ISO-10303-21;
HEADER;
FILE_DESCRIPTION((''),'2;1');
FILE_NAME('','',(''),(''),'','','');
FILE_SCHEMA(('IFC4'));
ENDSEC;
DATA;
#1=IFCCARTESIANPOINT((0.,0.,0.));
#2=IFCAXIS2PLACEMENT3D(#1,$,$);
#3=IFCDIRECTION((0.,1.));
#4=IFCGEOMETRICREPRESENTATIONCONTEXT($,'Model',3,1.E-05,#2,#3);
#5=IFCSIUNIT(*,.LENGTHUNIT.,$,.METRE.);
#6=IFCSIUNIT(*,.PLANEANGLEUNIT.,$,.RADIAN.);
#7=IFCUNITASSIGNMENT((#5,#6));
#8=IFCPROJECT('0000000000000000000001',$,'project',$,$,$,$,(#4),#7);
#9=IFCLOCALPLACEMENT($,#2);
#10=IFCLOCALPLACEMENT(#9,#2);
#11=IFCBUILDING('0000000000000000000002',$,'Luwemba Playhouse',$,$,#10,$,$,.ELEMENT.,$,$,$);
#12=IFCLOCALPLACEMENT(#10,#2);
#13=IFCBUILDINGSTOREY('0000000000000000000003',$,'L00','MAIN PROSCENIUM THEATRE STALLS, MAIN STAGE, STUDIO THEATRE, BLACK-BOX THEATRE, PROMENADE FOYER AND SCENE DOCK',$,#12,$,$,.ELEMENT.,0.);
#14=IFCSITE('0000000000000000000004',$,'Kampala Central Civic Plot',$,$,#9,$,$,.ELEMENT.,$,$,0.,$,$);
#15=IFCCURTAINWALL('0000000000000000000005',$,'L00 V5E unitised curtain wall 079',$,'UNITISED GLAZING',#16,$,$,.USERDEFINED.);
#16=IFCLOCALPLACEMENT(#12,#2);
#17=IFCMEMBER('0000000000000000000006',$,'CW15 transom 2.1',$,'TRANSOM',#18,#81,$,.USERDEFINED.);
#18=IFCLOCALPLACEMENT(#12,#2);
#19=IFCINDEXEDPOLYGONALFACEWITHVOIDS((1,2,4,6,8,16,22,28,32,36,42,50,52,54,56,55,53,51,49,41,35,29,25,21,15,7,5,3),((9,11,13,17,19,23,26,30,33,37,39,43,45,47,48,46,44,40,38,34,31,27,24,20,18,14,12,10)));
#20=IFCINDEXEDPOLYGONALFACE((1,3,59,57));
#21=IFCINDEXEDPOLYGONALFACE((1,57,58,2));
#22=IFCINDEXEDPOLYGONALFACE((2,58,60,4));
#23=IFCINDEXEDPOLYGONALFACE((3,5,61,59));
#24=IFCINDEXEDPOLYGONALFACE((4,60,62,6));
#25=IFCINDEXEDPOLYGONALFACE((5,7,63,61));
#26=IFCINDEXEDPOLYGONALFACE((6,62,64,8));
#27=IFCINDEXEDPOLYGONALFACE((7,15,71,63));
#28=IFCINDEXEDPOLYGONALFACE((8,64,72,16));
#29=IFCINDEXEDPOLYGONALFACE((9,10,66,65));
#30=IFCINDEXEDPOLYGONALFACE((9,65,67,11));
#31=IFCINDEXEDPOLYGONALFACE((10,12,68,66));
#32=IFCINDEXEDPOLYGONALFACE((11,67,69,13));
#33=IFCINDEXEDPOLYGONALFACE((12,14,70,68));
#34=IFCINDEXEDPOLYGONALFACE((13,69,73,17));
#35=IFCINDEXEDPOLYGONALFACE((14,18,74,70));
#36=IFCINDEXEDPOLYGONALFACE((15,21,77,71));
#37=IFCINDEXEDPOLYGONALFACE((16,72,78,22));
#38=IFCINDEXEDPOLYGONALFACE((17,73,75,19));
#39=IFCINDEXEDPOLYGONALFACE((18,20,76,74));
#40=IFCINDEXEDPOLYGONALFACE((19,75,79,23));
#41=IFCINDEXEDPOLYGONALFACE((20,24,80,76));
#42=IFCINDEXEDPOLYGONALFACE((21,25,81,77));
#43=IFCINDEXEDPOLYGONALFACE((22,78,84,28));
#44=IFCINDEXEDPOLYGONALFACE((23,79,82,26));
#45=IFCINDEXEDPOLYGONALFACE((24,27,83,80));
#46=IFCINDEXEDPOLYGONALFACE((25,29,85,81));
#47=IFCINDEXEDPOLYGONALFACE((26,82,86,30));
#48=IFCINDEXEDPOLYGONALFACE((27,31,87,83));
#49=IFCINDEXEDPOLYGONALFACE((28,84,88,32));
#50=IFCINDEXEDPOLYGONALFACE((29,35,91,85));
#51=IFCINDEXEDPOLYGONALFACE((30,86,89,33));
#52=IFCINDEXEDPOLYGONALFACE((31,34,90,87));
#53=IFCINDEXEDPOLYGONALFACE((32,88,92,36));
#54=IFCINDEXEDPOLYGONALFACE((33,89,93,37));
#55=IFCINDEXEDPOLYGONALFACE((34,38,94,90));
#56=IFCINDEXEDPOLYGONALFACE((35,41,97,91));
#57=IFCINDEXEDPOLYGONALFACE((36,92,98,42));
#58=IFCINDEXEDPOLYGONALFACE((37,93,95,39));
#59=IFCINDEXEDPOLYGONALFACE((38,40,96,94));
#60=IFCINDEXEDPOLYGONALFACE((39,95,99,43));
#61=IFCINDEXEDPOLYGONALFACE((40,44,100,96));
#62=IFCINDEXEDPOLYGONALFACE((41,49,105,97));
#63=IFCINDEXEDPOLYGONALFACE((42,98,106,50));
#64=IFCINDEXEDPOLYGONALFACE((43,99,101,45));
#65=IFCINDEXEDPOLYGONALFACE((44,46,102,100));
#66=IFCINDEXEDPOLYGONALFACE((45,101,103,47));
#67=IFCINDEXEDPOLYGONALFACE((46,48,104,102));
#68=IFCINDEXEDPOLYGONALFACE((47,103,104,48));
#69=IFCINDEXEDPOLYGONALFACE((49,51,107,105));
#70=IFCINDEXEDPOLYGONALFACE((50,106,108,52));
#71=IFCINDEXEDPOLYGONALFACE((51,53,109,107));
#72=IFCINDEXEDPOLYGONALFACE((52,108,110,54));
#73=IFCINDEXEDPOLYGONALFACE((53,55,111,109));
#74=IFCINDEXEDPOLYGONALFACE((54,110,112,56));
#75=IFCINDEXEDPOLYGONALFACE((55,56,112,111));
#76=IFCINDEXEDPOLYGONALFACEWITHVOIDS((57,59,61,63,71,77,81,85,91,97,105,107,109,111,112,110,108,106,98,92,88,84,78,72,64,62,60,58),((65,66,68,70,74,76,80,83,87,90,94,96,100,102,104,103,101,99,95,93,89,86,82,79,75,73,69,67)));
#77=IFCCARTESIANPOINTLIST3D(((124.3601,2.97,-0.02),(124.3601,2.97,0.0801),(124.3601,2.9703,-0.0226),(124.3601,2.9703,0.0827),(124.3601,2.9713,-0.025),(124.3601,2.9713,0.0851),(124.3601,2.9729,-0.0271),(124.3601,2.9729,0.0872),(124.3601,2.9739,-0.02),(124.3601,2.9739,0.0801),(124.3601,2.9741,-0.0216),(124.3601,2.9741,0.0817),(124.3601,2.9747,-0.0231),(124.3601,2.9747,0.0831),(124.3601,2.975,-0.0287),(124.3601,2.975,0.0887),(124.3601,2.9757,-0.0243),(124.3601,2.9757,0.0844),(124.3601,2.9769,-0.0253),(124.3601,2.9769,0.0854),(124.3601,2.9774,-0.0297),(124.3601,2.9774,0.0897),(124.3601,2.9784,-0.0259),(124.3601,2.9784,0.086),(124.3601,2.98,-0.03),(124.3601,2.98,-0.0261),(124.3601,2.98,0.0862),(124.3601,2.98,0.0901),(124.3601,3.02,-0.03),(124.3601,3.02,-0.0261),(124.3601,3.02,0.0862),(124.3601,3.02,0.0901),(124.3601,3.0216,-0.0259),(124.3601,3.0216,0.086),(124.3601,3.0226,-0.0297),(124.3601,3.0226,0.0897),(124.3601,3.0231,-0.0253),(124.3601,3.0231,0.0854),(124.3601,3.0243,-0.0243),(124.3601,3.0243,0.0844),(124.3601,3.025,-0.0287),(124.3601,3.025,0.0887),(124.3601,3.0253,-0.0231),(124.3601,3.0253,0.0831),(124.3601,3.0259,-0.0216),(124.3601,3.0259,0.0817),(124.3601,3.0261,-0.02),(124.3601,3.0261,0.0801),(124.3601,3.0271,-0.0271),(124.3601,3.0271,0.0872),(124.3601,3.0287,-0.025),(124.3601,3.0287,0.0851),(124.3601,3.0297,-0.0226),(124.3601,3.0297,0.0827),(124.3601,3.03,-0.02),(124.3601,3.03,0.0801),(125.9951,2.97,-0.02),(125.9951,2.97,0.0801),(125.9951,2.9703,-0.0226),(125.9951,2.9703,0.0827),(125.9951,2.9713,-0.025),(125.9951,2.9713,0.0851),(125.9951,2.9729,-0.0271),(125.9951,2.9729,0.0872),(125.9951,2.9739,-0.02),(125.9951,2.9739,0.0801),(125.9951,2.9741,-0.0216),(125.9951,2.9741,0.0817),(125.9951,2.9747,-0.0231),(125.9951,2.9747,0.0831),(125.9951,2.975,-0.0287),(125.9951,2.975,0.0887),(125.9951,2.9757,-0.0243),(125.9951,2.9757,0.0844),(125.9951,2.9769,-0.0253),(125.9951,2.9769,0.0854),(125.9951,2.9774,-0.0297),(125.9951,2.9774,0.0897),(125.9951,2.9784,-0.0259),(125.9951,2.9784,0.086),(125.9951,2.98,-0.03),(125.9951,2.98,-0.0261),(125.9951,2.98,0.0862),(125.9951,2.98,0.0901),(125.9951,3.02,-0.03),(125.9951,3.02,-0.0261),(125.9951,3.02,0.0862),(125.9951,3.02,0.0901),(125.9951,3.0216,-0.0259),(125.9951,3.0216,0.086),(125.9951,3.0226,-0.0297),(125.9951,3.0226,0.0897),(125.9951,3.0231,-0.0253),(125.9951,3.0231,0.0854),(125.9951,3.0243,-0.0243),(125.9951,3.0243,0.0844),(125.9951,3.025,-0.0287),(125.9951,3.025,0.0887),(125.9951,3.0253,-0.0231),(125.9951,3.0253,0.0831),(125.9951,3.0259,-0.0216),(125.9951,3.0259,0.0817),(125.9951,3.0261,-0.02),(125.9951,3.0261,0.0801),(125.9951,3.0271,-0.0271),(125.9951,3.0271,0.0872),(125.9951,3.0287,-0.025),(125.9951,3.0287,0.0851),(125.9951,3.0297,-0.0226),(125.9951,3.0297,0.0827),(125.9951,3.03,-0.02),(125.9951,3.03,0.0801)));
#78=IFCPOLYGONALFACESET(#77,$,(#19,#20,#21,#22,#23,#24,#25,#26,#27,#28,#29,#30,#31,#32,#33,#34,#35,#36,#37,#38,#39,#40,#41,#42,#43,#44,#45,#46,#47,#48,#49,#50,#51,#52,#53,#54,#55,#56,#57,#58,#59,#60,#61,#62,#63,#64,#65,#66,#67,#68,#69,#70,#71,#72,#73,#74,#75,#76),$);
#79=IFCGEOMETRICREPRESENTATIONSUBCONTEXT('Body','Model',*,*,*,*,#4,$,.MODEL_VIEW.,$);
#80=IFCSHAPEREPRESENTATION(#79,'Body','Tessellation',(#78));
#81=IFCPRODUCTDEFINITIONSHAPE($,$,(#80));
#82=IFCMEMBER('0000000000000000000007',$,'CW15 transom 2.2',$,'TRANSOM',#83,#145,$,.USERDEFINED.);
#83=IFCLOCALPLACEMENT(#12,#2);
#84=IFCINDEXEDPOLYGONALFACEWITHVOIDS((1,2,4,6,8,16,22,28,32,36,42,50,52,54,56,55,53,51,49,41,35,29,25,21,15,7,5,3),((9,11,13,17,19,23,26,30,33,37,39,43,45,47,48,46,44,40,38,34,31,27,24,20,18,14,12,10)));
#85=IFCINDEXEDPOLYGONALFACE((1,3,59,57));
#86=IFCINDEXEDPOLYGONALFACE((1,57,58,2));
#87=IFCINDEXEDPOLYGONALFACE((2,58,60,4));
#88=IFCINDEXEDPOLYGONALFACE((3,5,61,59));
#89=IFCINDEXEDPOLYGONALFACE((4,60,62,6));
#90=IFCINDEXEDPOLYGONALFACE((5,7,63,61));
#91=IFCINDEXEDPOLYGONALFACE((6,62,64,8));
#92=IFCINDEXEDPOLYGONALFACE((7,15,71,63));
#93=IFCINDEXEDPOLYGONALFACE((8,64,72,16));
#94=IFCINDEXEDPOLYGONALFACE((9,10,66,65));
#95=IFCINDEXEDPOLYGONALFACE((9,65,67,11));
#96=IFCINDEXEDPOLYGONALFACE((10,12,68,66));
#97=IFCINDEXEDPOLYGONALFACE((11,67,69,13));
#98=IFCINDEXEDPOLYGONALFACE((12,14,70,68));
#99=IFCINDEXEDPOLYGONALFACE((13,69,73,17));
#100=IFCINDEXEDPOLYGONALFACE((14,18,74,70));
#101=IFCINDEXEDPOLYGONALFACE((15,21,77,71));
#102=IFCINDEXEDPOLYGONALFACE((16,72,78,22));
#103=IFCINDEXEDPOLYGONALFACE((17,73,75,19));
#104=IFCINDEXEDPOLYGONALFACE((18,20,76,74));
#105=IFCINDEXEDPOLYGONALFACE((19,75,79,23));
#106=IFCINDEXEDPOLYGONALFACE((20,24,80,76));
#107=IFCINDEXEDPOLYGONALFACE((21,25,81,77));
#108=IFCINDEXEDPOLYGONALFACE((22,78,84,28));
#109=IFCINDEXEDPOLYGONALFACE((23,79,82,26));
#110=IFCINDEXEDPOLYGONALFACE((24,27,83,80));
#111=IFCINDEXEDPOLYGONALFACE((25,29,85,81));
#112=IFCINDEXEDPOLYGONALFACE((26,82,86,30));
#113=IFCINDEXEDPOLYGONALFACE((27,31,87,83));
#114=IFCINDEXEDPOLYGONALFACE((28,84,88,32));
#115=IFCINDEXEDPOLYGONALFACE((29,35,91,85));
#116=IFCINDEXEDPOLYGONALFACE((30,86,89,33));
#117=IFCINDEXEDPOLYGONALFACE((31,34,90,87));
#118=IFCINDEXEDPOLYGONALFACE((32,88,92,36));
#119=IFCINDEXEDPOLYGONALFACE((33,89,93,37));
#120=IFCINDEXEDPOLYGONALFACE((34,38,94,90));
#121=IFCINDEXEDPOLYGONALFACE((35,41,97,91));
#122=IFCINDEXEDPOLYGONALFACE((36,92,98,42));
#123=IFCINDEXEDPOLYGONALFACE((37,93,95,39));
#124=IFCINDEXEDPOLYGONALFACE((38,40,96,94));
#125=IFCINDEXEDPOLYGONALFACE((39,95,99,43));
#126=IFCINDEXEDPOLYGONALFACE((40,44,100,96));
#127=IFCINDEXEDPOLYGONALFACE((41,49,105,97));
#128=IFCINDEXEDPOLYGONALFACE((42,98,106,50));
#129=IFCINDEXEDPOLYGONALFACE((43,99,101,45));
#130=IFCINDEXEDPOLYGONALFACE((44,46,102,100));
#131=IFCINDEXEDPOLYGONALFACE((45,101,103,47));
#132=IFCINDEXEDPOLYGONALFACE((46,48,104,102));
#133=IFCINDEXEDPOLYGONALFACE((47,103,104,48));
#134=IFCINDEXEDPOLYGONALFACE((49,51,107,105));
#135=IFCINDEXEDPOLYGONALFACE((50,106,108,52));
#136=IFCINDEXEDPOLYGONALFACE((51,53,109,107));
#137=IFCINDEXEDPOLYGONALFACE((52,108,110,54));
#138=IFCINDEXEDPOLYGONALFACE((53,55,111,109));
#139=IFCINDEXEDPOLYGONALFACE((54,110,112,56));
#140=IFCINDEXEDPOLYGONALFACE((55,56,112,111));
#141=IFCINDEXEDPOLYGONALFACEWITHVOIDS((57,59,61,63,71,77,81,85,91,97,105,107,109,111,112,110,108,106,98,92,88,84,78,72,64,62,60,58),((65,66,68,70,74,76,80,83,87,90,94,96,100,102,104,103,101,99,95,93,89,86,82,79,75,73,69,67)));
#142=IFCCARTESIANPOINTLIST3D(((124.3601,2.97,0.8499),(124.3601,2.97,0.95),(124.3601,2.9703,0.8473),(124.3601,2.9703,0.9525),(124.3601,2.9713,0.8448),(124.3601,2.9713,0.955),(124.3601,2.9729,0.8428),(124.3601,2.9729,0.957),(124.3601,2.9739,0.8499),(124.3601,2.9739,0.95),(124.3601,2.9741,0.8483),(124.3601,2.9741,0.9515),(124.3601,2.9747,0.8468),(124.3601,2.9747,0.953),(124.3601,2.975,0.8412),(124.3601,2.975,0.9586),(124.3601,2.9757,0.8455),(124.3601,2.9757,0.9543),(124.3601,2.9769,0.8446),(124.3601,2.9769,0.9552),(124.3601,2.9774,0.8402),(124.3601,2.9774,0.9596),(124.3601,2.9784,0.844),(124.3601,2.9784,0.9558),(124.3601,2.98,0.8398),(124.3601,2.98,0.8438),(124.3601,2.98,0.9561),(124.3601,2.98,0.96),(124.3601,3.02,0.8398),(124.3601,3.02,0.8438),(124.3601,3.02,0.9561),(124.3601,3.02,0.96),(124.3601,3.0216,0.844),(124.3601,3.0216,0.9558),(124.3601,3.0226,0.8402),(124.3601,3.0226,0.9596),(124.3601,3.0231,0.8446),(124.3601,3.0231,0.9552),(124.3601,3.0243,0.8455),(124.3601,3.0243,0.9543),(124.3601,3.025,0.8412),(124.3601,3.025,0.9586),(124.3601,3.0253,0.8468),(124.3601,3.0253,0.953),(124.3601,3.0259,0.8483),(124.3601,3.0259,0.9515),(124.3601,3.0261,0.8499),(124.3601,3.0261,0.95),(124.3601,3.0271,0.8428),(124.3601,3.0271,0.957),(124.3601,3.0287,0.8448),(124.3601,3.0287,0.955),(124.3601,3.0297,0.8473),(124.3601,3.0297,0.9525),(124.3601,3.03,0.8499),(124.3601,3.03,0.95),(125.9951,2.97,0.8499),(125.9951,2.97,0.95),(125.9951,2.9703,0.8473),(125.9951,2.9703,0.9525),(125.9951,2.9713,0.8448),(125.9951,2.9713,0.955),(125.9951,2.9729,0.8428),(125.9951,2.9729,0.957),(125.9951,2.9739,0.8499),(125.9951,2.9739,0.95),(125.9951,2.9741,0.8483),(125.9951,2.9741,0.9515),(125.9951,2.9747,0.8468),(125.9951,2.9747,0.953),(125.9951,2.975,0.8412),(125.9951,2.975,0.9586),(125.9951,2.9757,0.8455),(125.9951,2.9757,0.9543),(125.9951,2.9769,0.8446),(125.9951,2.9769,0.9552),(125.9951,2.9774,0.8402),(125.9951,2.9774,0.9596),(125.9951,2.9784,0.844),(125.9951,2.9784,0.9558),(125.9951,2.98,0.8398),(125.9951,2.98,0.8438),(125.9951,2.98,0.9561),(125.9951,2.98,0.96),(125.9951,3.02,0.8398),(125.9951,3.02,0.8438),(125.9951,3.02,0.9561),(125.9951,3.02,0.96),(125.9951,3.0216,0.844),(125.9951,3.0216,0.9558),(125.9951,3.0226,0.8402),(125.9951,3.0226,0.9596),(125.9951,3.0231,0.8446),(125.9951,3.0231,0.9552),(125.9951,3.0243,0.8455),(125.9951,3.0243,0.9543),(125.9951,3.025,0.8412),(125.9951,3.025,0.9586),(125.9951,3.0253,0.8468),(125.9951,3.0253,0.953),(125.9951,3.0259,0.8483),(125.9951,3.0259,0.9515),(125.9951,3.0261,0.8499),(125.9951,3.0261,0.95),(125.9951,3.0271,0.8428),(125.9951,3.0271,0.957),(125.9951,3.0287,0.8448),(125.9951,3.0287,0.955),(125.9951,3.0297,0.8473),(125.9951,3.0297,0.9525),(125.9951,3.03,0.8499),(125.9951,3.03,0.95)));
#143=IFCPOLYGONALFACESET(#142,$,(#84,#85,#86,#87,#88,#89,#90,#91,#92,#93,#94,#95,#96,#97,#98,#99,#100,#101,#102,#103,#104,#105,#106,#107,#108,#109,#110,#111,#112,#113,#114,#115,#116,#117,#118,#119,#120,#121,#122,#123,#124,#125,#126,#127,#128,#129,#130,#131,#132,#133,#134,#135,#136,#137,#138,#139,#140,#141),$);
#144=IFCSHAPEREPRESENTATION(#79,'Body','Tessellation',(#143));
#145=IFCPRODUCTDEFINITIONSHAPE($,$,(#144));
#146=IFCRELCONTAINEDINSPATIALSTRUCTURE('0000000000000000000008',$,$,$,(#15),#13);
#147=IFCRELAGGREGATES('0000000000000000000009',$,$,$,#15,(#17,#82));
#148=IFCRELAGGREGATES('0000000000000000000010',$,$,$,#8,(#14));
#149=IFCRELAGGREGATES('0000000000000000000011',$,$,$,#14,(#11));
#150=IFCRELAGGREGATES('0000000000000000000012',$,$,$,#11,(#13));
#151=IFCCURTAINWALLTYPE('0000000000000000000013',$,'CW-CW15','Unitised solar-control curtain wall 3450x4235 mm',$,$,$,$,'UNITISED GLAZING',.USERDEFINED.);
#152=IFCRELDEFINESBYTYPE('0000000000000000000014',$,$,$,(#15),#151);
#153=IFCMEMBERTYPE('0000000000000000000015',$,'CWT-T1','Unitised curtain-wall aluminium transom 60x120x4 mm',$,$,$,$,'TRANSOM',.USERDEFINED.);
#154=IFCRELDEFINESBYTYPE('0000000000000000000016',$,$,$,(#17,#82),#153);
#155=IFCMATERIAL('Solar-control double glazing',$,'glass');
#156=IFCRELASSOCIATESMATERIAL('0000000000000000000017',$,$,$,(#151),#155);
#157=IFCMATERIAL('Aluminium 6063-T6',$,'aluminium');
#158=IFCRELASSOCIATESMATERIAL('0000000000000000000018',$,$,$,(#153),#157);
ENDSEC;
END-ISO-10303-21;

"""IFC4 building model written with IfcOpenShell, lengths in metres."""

from ifc_helpers import new_model, si_unit, direction, frame, origin, origin_2d, place, context, subcontext, project, spatial, hollow_rectangle, extrude, material, material_profile, profile_set, type_object, element, aggregate, save


model = new_model("IFC4")

# Units and contexts
model_context = context("Model", 3, precision=1e-05, world=origin(), true_north=direction((0.0, 1.0)))
body_context = subcontext(model_context, "Body", "Model", "MODEL_VIEW")
ifc_project = project(units=[si_unit("LENGTHUNIT", "METRE"), si_unit("PLANEANGLEUNIT", "RADIAN")], contexts=[model_context])

# Site, building, storey
site_placement = place(None, origin())
site = spatial("IfcSite", under=ifc_project, at=site_placement, Name="Kampala Central Civic Plot", CompositionType="ELEMENT", RefElevation=0.0)
building_placement = place(site_placement, origin())
building = spatial("IfcBuilding", under=site, at=building_placement, Name="Luwemba Playhouse", CompositionType="ELEMENT")
storey_placement = place(building_placement, origin())
storey = spatial("IfcBuildingStorey", under=building, at=storey_placement, Name="L00", Description="MAIN PROSCENIUM THEATRE STALLS, MAIN STAGE, STUDIO THEATRE, BLACK-BOX THEATRE, PROMENADE FOYER AND SCENE DOCK", CompositionType="ELEMENT", Elevation=0.0)

# Curtain wall
ifc_material_1 = material(Name="Solar-control double glazing", Category="glass")
curtain_wall_type_1 = type_object("IfcCurtainWallType", Name="CW-CW15", Description="Unitised solar-control curtain wall 3450x4235 mm", ElementType="UNITISED GLAZING", PredefinedType="USERDEFINED", material=ifc_material_1)
curtain_wall_1_placement = place(storey_placement, origin())
curtain_wall_1 = element("IfcCurtainWall", 1, at=curtain_wall_1_placement, inside=storey, type_object=curtain_wall_type_1, Name="L00 V5E unitised curtain wall 079", ObjectType="UNITISED GLAZING", PredefinedType="USERDEFINED")
ifc_material_2 = material(Name="Aluminium 6063-T6", Category="aluminium")

# Members
ifc_material_profile_1 = material_profile(ifc_material_2, hollow_rectangle(XDim=0.0601, YDim=0.1201, WallThickness=0.0039, InnerFilletRadius=0.0061, OuterFilletRadius=0.01, at=origin_2d()))
ifc_profile_set_1 = profile_set([ifc_material_profile_1], Name="Aluminium 6063-T6")
member_type_1 = type_object("IfcMemberType", Name="CWT-T1", Description="Unitised curtain-wall aluminium transom 60x120x4 mm", ElementType="TRANSOM", PredefinedType="USERDEFINED", material=ifc_profile_set_1)
member_1_placement = place(storey_placement, frame((125.9951, 3.0, 0.03), z_axis=(-1.0, 0.0, 0.0), x_axis=(0.0, -1.0, 0.0)))
member_1 = element("IfcMember", 2, at=member_1_placement, type_object=member_type_1, Name="CW15 transom 2.1", ObjectType="TRANSOM", PredefinedType="USERDEFINED", context=body_context, shape_type="SweptSolid", body=[
    extrude(hollow_rectangle(XDim=0.0601, YDim=0.1201, WallThickness=0.0039, InnerFilletRadius=0.0061, OuterFilletRadius=0.01, at=origin_2d()), origin(), (0.0, 0.0, 1.0), 1.635),
])
member_2_placement = place(storey_placement, frame((125.9951, 3.0, 0.8999), z_axis=(-1.0, 0.0, 0.0), x_axis=(0.0, -1.0, 0.0)))
member_2 = element("IfcMember", 3, at=member_2_placement, type_object=member_type_1, Name="CW15 transom 2.2", ObjectType="TRANSOM", PredefinedType="USERDEFINED", context=body_context, shape_type="SweptSolid", body=[
    extrude(hollow_rectangle(XDim=0.0601, YDim=0.1201, WallThickness=0.0039, InnerFilletRadius=0.0061, OuterFilletRadius=0.01, at=origin_2d()), origin(), (0.0, 0.0, 1.0), 1.635),
])

aggregate(curtain_wall_1, [member_1, member_2])

save(model, "model.ifc")
